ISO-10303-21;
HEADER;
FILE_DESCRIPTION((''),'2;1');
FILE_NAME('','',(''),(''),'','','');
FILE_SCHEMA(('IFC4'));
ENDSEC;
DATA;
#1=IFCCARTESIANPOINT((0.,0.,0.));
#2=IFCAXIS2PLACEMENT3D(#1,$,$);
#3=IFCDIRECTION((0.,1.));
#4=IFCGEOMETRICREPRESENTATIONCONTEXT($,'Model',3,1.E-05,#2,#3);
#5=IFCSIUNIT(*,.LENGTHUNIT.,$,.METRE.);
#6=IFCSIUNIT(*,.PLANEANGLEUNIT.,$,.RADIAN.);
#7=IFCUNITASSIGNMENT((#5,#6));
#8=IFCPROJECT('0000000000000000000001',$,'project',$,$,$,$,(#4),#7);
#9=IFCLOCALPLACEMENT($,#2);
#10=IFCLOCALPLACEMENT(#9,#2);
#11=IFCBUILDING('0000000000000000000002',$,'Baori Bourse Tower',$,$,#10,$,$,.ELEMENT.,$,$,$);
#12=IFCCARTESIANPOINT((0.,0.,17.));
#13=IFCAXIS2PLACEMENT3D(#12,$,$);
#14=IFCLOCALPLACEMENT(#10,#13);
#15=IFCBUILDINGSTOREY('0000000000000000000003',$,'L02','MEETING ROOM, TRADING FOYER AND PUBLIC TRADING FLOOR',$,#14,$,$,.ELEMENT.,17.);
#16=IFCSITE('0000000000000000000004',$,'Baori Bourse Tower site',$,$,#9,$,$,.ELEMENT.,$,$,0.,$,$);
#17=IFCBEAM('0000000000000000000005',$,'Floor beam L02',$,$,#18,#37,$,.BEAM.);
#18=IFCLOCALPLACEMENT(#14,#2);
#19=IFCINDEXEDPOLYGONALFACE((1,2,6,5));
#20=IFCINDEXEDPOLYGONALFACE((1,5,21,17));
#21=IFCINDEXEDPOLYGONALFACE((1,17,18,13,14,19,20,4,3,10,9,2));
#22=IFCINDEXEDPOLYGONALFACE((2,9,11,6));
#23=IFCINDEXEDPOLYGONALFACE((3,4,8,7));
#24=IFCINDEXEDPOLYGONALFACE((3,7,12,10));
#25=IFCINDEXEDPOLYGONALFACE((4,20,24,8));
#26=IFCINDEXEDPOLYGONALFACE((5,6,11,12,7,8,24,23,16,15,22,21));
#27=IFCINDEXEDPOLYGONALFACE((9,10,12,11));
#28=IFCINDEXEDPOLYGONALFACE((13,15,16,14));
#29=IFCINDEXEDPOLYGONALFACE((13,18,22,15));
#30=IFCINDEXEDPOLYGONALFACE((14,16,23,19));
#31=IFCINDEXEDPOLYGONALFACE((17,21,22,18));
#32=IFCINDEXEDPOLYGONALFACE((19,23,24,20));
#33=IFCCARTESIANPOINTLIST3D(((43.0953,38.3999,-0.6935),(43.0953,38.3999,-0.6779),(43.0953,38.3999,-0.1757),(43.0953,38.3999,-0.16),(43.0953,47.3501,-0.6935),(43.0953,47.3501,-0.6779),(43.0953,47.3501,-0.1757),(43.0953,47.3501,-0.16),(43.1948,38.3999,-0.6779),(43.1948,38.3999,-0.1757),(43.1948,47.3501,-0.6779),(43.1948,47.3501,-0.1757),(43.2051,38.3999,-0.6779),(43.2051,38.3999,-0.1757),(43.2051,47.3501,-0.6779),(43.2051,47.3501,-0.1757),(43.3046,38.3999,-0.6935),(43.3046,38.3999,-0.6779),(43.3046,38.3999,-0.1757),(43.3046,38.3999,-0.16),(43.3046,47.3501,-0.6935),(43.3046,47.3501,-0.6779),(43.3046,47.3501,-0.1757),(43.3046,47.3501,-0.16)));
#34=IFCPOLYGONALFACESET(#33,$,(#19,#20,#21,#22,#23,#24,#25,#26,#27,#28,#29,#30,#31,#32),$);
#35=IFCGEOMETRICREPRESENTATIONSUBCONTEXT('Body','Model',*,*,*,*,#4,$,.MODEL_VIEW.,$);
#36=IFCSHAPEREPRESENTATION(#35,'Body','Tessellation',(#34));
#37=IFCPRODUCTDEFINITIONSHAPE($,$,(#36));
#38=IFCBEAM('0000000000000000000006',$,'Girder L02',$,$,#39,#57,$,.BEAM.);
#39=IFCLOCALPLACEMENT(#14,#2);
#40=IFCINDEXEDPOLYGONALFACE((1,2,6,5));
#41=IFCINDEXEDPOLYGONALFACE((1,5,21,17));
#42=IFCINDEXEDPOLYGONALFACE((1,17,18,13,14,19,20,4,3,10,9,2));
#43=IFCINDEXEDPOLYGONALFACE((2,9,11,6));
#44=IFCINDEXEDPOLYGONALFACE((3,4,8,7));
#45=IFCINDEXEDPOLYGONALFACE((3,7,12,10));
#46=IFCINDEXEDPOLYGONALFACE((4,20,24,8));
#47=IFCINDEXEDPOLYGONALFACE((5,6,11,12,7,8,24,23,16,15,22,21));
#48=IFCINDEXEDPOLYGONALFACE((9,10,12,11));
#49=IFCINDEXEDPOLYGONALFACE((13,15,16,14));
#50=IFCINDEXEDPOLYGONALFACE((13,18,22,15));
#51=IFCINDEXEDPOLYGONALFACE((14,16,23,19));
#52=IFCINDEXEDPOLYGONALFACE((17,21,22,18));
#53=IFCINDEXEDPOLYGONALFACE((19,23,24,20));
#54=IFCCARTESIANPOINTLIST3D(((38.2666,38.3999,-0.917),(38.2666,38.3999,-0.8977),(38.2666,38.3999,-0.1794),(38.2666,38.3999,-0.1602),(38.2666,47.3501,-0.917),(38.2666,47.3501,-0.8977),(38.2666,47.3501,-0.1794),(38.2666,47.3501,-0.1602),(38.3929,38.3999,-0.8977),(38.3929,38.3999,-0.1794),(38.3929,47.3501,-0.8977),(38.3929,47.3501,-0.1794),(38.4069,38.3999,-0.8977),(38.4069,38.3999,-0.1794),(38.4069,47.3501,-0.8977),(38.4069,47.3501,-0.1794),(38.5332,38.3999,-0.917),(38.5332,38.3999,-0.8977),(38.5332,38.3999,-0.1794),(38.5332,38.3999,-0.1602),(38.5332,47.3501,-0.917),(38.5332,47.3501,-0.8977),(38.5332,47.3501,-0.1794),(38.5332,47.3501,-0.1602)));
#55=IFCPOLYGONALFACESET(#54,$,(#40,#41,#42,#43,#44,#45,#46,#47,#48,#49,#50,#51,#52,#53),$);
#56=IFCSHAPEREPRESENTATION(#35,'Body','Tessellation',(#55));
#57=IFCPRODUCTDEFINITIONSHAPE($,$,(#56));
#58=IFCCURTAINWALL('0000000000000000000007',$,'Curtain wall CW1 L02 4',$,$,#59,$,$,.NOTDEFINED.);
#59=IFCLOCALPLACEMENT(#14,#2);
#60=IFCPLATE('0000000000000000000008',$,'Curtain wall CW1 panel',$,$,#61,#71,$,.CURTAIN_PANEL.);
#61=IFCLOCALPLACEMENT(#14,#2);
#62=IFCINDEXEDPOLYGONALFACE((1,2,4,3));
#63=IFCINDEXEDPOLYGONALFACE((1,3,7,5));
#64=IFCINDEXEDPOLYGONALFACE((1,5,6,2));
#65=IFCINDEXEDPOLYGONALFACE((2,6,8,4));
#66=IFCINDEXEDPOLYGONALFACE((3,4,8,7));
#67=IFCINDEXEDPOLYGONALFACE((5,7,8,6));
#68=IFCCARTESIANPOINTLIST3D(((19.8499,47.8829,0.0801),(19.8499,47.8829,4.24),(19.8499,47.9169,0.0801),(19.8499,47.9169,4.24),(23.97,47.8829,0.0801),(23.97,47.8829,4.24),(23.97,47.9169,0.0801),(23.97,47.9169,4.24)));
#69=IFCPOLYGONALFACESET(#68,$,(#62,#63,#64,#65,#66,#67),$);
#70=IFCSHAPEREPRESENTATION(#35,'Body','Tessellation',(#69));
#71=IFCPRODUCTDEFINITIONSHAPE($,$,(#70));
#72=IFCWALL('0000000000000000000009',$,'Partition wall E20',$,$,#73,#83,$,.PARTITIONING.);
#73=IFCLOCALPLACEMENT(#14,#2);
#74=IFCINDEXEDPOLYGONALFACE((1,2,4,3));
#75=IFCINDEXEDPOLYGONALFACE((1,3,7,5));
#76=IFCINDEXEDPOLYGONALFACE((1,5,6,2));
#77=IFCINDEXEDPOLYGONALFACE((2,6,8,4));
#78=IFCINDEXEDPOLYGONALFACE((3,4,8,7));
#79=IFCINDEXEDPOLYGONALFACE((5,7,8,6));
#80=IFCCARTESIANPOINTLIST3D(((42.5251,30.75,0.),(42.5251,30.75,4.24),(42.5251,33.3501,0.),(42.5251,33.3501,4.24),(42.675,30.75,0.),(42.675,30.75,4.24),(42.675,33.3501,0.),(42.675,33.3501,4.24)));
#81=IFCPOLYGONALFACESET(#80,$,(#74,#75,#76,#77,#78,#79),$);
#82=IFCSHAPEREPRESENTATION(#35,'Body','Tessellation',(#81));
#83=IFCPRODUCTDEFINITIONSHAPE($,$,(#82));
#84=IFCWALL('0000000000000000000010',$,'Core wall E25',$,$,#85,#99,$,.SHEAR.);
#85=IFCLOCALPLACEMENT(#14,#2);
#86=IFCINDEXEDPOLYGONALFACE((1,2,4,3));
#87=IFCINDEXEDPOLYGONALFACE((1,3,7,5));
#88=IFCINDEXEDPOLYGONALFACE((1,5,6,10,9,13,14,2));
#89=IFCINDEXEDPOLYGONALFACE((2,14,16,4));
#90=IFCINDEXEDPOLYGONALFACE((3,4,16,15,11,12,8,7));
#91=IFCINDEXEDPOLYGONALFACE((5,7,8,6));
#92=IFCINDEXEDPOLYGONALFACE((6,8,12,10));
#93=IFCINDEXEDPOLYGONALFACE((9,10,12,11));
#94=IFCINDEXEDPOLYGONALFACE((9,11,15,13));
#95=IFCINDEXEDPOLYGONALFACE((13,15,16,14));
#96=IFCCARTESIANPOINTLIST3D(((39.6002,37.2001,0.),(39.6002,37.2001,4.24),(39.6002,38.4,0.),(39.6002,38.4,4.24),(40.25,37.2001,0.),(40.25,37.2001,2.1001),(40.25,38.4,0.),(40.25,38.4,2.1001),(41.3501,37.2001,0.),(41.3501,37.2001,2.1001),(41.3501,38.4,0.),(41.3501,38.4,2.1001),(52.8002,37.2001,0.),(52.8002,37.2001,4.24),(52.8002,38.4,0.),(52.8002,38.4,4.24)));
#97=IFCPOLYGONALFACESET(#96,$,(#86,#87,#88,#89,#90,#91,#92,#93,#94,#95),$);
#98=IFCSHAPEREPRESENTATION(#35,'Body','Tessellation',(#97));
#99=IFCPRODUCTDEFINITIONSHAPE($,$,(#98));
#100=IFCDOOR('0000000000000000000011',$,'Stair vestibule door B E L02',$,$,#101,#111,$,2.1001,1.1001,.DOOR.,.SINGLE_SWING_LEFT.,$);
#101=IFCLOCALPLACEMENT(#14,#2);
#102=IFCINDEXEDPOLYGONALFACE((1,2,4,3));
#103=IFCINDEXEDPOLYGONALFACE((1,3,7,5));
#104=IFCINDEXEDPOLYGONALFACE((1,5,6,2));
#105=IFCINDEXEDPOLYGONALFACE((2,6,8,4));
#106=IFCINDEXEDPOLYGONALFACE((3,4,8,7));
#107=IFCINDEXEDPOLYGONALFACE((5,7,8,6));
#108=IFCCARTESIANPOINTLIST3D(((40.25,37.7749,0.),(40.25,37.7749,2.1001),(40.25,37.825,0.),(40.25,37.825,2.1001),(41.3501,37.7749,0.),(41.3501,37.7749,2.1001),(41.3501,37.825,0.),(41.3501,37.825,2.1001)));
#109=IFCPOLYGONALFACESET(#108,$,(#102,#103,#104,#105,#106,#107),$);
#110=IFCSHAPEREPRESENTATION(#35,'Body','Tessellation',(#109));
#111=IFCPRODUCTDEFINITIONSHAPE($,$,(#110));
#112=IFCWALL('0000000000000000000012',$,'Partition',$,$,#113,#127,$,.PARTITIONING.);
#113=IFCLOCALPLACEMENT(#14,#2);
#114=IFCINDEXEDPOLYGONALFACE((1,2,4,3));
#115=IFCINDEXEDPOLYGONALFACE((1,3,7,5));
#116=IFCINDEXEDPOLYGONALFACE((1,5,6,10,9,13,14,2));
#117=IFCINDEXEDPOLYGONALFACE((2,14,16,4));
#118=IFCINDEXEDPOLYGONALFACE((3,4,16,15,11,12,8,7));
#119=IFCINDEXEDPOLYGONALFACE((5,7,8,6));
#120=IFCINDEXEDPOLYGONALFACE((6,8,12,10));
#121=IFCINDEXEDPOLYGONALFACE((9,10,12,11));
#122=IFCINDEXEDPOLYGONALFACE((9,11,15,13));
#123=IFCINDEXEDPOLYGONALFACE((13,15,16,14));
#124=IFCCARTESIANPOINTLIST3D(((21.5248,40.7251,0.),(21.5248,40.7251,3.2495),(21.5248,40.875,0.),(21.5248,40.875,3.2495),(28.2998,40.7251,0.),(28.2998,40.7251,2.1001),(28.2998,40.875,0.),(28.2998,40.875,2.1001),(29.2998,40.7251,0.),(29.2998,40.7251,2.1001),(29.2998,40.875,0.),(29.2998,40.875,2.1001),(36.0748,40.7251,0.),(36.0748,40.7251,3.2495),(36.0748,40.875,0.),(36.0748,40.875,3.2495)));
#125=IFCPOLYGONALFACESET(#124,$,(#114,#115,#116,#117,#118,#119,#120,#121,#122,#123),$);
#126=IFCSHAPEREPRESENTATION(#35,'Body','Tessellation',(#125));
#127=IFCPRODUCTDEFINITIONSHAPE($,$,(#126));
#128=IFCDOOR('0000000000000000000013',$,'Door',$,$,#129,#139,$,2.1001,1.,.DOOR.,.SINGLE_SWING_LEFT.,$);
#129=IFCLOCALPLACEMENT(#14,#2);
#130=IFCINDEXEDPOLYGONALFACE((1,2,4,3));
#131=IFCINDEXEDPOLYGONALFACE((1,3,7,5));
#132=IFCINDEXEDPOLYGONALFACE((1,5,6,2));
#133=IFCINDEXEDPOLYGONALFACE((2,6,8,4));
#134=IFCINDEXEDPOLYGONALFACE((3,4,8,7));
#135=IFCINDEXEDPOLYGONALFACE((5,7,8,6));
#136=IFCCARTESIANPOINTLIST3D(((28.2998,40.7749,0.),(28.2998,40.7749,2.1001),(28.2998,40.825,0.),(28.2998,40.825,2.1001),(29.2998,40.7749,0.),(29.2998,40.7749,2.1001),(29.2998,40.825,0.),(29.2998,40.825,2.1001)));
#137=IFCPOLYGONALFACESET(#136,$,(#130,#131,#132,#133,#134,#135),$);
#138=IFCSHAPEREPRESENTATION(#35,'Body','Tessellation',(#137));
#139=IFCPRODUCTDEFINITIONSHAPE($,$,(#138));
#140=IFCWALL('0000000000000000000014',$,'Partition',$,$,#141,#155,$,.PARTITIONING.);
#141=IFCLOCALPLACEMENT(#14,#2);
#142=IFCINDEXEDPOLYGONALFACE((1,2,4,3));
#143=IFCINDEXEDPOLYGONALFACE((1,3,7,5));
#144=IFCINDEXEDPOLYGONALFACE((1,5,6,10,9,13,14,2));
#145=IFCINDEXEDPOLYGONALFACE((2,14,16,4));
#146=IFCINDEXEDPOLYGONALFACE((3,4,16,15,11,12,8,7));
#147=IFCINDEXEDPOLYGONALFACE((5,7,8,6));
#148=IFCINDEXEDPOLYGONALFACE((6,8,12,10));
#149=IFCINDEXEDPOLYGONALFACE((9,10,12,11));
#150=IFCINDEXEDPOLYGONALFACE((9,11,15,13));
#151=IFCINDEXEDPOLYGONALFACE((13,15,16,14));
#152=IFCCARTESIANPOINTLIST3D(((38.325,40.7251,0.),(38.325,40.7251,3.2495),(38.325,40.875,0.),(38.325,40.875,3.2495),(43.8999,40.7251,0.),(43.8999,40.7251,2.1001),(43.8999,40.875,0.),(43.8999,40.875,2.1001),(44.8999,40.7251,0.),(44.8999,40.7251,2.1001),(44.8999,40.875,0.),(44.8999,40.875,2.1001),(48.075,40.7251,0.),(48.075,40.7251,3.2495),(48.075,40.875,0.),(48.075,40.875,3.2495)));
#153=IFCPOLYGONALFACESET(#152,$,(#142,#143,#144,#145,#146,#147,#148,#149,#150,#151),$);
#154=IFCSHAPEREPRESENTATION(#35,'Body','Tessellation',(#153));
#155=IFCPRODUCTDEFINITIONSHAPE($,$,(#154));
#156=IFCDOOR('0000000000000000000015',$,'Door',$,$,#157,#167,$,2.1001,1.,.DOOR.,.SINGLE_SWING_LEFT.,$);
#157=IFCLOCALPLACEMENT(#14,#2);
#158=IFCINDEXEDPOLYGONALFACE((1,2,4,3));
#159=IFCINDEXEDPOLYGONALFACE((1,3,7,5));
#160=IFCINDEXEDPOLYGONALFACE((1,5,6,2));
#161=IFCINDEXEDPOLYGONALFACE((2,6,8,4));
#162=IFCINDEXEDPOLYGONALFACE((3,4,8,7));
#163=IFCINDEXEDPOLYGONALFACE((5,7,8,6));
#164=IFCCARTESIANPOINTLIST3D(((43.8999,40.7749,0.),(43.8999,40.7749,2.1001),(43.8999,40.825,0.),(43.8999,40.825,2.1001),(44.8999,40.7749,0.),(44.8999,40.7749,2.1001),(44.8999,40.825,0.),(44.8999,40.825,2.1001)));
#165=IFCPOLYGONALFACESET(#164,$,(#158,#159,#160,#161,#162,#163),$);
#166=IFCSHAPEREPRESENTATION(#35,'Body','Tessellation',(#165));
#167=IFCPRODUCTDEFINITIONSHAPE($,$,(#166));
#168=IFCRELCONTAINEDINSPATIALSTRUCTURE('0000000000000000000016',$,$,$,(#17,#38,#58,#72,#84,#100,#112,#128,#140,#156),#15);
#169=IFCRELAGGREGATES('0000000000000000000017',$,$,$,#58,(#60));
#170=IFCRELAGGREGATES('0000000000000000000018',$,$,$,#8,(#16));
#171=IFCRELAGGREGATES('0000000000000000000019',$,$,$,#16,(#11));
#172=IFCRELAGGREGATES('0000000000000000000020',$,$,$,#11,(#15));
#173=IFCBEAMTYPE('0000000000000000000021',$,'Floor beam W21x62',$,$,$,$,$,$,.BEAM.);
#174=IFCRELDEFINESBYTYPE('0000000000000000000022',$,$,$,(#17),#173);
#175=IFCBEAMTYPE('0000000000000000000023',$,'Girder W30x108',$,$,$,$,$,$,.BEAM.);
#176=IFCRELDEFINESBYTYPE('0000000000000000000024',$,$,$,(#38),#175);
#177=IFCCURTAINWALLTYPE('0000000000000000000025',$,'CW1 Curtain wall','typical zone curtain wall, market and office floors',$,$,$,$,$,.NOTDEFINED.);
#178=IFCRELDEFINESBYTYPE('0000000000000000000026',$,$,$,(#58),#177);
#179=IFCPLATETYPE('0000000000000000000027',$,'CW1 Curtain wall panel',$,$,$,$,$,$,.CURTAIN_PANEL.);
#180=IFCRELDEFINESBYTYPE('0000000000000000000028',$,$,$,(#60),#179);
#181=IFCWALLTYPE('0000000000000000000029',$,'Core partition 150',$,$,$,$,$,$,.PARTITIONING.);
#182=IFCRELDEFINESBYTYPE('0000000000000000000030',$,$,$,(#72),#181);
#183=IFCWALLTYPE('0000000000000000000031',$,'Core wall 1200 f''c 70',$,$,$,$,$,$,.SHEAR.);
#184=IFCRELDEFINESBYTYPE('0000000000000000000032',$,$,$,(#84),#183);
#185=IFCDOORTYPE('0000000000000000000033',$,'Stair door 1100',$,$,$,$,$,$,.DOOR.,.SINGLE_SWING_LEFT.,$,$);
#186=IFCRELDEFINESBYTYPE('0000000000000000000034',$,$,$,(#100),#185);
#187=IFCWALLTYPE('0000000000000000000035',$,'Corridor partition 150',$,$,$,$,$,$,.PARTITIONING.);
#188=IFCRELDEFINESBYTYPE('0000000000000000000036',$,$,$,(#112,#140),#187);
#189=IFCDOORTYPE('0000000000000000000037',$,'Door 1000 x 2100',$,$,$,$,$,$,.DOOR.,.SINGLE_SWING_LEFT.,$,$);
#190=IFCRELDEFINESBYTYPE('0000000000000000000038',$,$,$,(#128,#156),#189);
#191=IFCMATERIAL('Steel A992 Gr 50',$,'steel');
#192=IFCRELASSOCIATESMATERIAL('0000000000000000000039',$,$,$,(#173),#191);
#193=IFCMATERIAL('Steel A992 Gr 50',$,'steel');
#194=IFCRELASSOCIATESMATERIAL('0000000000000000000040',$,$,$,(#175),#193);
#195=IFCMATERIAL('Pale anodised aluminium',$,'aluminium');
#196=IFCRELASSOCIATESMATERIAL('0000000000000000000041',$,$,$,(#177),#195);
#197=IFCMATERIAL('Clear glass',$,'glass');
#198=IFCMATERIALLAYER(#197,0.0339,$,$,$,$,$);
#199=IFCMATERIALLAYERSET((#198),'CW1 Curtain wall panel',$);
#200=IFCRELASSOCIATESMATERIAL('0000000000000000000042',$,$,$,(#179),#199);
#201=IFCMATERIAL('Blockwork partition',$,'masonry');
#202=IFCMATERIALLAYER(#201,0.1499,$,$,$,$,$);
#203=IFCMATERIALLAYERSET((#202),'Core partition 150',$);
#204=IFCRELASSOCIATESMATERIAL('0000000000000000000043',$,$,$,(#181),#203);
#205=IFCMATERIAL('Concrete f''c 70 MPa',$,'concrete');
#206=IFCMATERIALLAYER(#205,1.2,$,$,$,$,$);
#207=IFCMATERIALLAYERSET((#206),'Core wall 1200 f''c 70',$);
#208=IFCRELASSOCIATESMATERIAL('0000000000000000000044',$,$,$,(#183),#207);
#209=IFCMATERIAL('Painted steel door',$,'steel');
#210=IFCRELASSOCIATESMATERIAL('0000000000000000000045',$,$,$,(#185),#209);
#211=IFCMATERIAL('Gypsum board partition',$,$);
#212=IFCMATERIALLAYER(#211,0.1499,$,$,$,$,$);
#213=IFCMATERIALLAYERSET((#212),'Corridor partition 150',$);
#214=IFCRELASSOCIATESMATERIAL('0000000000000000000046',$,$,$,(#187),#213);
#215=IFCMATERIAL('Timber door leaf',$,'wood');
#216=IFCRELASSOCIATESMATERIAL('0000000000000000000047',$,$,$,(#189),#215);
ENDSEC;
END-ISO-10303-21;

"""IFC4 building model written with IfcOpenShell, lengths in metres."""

from ifc_helpers import new_model, si_unit, direction, frame, frame_2d, origin, origin_2d, place, context, subcontext, project, spatial, rectangle, i_section, extrude, material, layer, layer_set, material_profile, profile_set, type_object, element, fill, aggregate, save


model = new_model("IFC4")

# Units and contexts
model_context = context("Model", 3, precision=1e-05, world=origin(), true_north=direction((0.0, 1.0)))
body_context = subcontext(model_context, "Body", "Model", "MODEL_VIEW")
ifc_project = project(units=[si_unit("LENGTHUNIT", "METRE"), si_unit("PLANEANGLEUNIT", "RADIAN")], contexts=[model_context])

# Site, building, storey
site_placement = place(None, origin())
site = spatial("IfcSite", under=ifc_project, at=site_placement, Name="Baori Bourse Tower site", CompositionType="ELEMENT", RefElevation=0.0)
building_placement = place(site_placement, origin())
building = spatial("IfcBuilding", under=site, at=building_placement, Name="Baori Bourse Tower", CompositionType="ELEMENT")
storey_placement = place(building_placement, frame((0.0, 0.0, 17.0)))
storey = spatial("IfcBuildingStorey", under=building, at=storey_placement, Name="L02", Description="MEETING ROOM, TRADING FOYER AND PUBLIC TRADING FLOOR", CompositionType="ELEMENT", Elevation=17.0)

# Beams
ifc_material_1 = material(Name="Steel A992 Gr 50", Category="steel")
ifc_material_profile_1 = material_profile(ifc_material_1, i_section(OverallWidth=0.2092, OverallDepth=0.5334, WebThickness=0.0103, FlangeThickness=0.0156, at=origin_2d()), Name="W21x62")
ifc_profile_set_1 = profile_set([ifc_material_profile_1], Name="Steel A992 Gr 50")
beam_type_1 = type_object("IfcBeamType", Name="Floor beam W21x62", PredefinedType="BEAM", material=ifc_profile_set_1)
beam_1_placement = place(storey_placement, frame((43.2, 38.3999, -0.4268), z_axis=(0.0, 1.0, 0.0), x_axis=(-1.0, 0.0, 0.0)))
element("IfcBeam", 1, at=beam_1_placement, inside=storey, type_object=beam_type_1, Name="Floor beam L02", PredefinedType="BEAM", context=body_context, shape_type="SweptSolid", body=[
    extrude(i_section(OverallWidth=0.2092, OverallDepth=0.5334, WebThickness=0.0103, FlangeThickness=0.0156, at=origin_2d()), origin(), (0.0, 0.0, 1.0), 8.9502),
])
ifc_material_2 = material(Name="Steel A992 Gr 50", Category="steel")
ifc_material_profile_2 = material_profile(ifc_material_2, i_section(OverallWidth=0.2666, OverallDepth=0.7568, WebThickness=0.0139, FlangeThickness=0.0193, at=origin_2d()), Name="W30x108")
ifc_profile_set_2 = profile_set([ifc_material_profile_2], Name="Steel A992 Gr 50")
beam_type_2 = type_object("IfcBeamType", Name="Girder W30x108", PredefinedType="BEAM", material=ifc_profile_set_2)
beam_2_placement = place(storey_placement, frame((38.3999, 38.3999, -0.5386), z_axis=(0.0, 1.0, 0.0), x_axis=(-1.0, 0.0, 0.0)))
element("IfcBeam", 2, at=beam_2_placement, inside=storey, type_object=beam_type_2, Name="Girder L02", PredefinedType="BEAM", context=body_context, shape_type="SweptSolid", body=[
    extrude(i_section(OverallWidth=0.2666, OverallDepth=0.7568, WebThickness=0.0139, FlangeThickness=0.0193, at=origin_2d()), origin(), (0.0, 0.0, 1.0), 8.9502),
])

# Curtain wall, plate
ifc_material_3 = material(Name="Pale anodised aluminium", Category="aluminium")
curtain_wall_type = type_object("IfcCurtainWallType", Name="CW1 Curtain wall", Description="typical zone curtain wall, market and office floors", PredefinedType="NOTDEFINED", material=ifc_material_3)
curtain_wall_placement = place(storey_placement, origin())
curtain_wall = element("IfcCurtainWall", 3, at=curtain_wall_placement, inside=storey, type_object=curtain_wall_type, Name="Curtain wall CW1 L02 4", PredefinedType="NOTDEFINED")
ifc_material_4 = material(Name="Clear glass", Category="glass")
ifc_layer_1 = layer(ifc_material_4, 0.0339)
ifc_layer_set_1 = layer_set([ifc_layer_1], Name="CW1 Curtain wall panel")
plate_type = type_object("IfcPlateType", Name="CW1 Curtain wall panel", PredefinedType="CURTAIN_PANEL", material=ifc_layer_set_1)
plate_placement = place(storey_placement, frame((21.9099, 47.8999, 0.0801), z_axis=(0.0, 0.0, 1.0), x_axis=(-1.0, 0.0, 0.0)))
plate = element("IfcPlate", 4, at=plate_placement, type_object=plate_type, Name="Curtain wall CW1 panel", PredefinedType="CURTAIN_PANEL", context=body_context, shape_type="SweptSolid", body=[
    extrude(rectangle(XDim=4.1201, YDim=0.0339, at=origin_2d()), origin(), (0.0, 0.0, 1.0), 4.1599),
])
aggregate(curtain_wall, [plate])

# Wall
ifc_material_5 = material(Name="Blockwork partition", Category="masonry")
ifc_layer_2 = layer(ifc_material_5, 0.1499)
ifc_layer_set_2 = layer_set([ifc_layer_2], Name="Core partition 150")
wall_type_1 = type_object("IfcWallType", Name="Core partition 150", PredefinedType="PARTITIONING", material=ifc_layer_set_2)
wall_1_placement = place(storey_placement, frame((42.6001, 30.75, 0.0), z_axis=(0.0, 0.0, 1.0), x_axis=(0.0, 1.0, 0.0)))
element("IfcWall", 5, at=wall_1_placement, inside=storey, type_object=wall_type_1, Name="Partition wall E20", PredefinedType="PARTITIONING", context=body_context, shape_type="SweptSolid", body=[
    extrude(rectangle(XDim=2.6001, YDim=0.1499, at=frame_2d((1.3, 0.0))), origin(), (0.0, 0.0, 1.0), 4.24),
])

# Walls, openings, doors
ifc_material_6 = material(Name="Concrete f'c 70 MPa", Category="concrete")
ifc_layer_3 = layer(ifc_material_6, 1.2)
ifc_layer_set_3 = layer_set([ifc_layer_3], Name="Core wall 1200 f'c 70")
wall_type_2 = type_object("IfcWallType", Name="Core wall 1200 f'c 70", PredefinedType="SHEAR", material=ifc_layer_set_3)
wall_2_placement = place(storey_placement, frame((39.6001, 37.8, 0.0), z_axis=(0.0, 0.0, 1.0), x_axis=(1.0, 0.0, 0.0)))
wall_2 = element("IfcWall", 6, at=wall_2_placement, inside=storey, type_object=wall_type_2, Name="Core wall E25", PredefinedType="SHEAR", context=body_context, shape_type="SweptSolid", body=[
    extrude(rectangle(XDim=13.2, YDim=1.2, at=frame_2d((6.6001, 0.0))), origin(), (0.0, 0.0, 1.0), 4.24),
])
opening_1_placement = place(wall_2_placement, frame((0.6499, 0.0, 0.0)))
opening_1 = element("IfcOpeningElement", 7, at=opening_1_placement, cuts=wall_2, PredefinedType="OPENING", context=body_context, shape_type="SweptSolid", body=[
    extrude(rectangle(XDim=1.1001, YDim=2.1001, at=frame_2d((0.55, 1.05))), frame((0.0, 0.6099, 0.0), z_axis=(0.0, -1.0, 0.0), x_axis=(1.0, 0.0, 0.0)), (0.0, 0.0, 1.0), 1.22),
])
ifc_material_7 = material(Name="Painted steel door", Category="steel")
door_type_1 = type_object("IfcDoorType", Name="Stair door 1100", OperationType="SINGLE_SWING_LEFT", PredefinedType="DOOR", material=ifc_material_7)
door_1_placement = place(opening_1_placement, origin())
door_1 = element("IfcDoor", 8, at=door_1_placement, inside=storey, type_object=door_type_1, Name="Stair vestibule door B E L02", OperationType="SINGLE_SWING_LEFT", OverallHeight=2.1001, OverallWidth=1.1001, PredefinedType="DOOR", context=body_context, shape_type="SweptSolid", body=[
    extrude(rectangle(XDim=1.1001, YDim=2.1001, at=frame_2d((0.55, 1.05))), frame((0.0, 0.0249, 0.0), z_axis=(0.0, -1.0, 0.0), x_axis=(1.0, 0.0, 0.0)), (0.0, 0.0, 1.0), 0.05),
])
fill(opening_1, door_1)
ifc_material_8 = material(Name="Gypsum board partition")
ifc_layer_4 = layer(ifc_material_8, 0.1499)
ifc_layer_set_4 = layer_set([ifc_layer_4], Name="Corridor partition 150")
wall_type_3 = type_object("IfcWallType", Name="Corridor partition 150", PredefinedType="PARTITIONING", material=ifc_layer_set_4)
wall_3_placement = place(storey_placement, frame((21.5249, 40.8, 0.0), z_axis=(0.0, 0.0, 1.0), x_axis=(1.0, 0.0, 0.0)))
wall_3 = element("IfcWall", 9, at=wall_3_placement, inside=storey, type_object=wall_type_3, Name="Partition", PredefinedType="PARTITIONING", context=body_context, shape_type="SweptSolid", body=[
    extrude(rectangle(XDim=14.55, YDim=0.1499, at=frame_2d((7.2749, 0.0))), origin(), (0.0, 0.0, 1.0), 3.2495),
])
opening_2_placement = place(wall_3_placement, frame((6.7749, 0.0, 0.0)))
opening_2 = element("IfcOpeningElement", 10, at=opening_2_placement, cuts=wall_3, PredefinedType="OPENING", context=body_context, shape_type="SweptSolid", body=[
    extrude(rectangle(XDim=1.0, YDim=2.1001, at=frame_2d((0.5, 1.05))), frame((0.0, 0.085, 0.0), z_axis=(0.0, -1.0, 0.0), x_axis=(1.0, 0.0, 0.0)), (0.0, 0.0, 1.0), 0.1699),
])
ifc_material_9 = material(Name="Timber door leaf", Category="wood")
door_type_2 = type_object("IfcDoorType", Name="Door 1000 x 2100", OperationType="SINGLE_SWING_LEFT", PredefinedType="DOOR", material=ifc_material_9)
door_2_placement = place(opening_2_placement, origin())
door_2 = element("IfcDoor", 11, at=door_2_placement, inside=storey, type_object=door_type_2, Name="Door", OperationType="SINGLE_SWING_LEFT", OverallHeight=2.1001, OverallWidth=1.0, PredefinedType="DOOR", context=body_context, shape_type="SweptSolid", body=[
    extrude(rectangle(XDim=1.0, YDim=2.1001, at=frame_2d((0.5, 1.05))), frame((0.0, 0.0249, 0.0), z_axis=(0.0, -1.0, 0.0), x_axis=(1.0, 0.0, 0.0)), (0.0, 0.0, 1.0), 0.05),
])
fill(opening_2, door_2)
wall_4_placement = place(storey_placement, frame((38.325, 40.8, 0.0), z_axis=(0.0, 0.0, 1.0), x_axis=(1.0, 0.0, 0.0)))
wall_4 = element("IfcWall", 12, at=wall_4_placement, inside=storey, type_object=wall_type_3, Name="Partition", PredefinedType="PARTITIONING", context=body_context, shape_type="SweptSolid", body=[
    extrude(rectangle(XDim=9.75, YDim=0.1499, at=frame_2d((4.875, 0.0))), origin(), (0.0, 0.0, 1.0), 3.2495),
])
opening_3_placement = place(wall_4_placement, frame((5.575, 0.0, 0.0)))
opening_3 = element("IfcOpeningElement", 13, at=opening_3_placement, cuts=wall_4, PredefinedType="OPENING", context=body_context, shape_type="SweptSolid", body=[
    extrude(rectangle(XDim=1.0, YDim=2.1001, at=frame_2d((0.5, 1.05))), frame((0.0, 0.085, 0.0), z_axis=(0.0, -1.0, 0.0), x_axis=(1.0, 0.0, 0.0)), (0.0, 0.0, 1.0), 0.1699),
])
door_3_placement = place(opening_3_placement, origin())
door_3 = element("IfcDoor", 14, at=door_3_placement, inside=storey, type_object=door_type_2, Name="Door", OperationType="SINGLE_SWING_LEFT", OverallHeight=2.1001, OverallWidth=1.0, PredefinedType="DOOR", context=body_context, shape_type="SweptSolid", body=[
    extrude(rectangle(XDim=1.0, YDim=2.1001, at=frame_2d((0.5, 1.05))), frame((0.0, 0.0249, 0.0), z_axis=(0.0, -1.0, 0.0), x_axis=(1.0, 0.0, 0.0)), (0.0, 0.0, 1.0), 0.05),
])
fill(opening_3, door_3)

save(model, "model.ifc")
